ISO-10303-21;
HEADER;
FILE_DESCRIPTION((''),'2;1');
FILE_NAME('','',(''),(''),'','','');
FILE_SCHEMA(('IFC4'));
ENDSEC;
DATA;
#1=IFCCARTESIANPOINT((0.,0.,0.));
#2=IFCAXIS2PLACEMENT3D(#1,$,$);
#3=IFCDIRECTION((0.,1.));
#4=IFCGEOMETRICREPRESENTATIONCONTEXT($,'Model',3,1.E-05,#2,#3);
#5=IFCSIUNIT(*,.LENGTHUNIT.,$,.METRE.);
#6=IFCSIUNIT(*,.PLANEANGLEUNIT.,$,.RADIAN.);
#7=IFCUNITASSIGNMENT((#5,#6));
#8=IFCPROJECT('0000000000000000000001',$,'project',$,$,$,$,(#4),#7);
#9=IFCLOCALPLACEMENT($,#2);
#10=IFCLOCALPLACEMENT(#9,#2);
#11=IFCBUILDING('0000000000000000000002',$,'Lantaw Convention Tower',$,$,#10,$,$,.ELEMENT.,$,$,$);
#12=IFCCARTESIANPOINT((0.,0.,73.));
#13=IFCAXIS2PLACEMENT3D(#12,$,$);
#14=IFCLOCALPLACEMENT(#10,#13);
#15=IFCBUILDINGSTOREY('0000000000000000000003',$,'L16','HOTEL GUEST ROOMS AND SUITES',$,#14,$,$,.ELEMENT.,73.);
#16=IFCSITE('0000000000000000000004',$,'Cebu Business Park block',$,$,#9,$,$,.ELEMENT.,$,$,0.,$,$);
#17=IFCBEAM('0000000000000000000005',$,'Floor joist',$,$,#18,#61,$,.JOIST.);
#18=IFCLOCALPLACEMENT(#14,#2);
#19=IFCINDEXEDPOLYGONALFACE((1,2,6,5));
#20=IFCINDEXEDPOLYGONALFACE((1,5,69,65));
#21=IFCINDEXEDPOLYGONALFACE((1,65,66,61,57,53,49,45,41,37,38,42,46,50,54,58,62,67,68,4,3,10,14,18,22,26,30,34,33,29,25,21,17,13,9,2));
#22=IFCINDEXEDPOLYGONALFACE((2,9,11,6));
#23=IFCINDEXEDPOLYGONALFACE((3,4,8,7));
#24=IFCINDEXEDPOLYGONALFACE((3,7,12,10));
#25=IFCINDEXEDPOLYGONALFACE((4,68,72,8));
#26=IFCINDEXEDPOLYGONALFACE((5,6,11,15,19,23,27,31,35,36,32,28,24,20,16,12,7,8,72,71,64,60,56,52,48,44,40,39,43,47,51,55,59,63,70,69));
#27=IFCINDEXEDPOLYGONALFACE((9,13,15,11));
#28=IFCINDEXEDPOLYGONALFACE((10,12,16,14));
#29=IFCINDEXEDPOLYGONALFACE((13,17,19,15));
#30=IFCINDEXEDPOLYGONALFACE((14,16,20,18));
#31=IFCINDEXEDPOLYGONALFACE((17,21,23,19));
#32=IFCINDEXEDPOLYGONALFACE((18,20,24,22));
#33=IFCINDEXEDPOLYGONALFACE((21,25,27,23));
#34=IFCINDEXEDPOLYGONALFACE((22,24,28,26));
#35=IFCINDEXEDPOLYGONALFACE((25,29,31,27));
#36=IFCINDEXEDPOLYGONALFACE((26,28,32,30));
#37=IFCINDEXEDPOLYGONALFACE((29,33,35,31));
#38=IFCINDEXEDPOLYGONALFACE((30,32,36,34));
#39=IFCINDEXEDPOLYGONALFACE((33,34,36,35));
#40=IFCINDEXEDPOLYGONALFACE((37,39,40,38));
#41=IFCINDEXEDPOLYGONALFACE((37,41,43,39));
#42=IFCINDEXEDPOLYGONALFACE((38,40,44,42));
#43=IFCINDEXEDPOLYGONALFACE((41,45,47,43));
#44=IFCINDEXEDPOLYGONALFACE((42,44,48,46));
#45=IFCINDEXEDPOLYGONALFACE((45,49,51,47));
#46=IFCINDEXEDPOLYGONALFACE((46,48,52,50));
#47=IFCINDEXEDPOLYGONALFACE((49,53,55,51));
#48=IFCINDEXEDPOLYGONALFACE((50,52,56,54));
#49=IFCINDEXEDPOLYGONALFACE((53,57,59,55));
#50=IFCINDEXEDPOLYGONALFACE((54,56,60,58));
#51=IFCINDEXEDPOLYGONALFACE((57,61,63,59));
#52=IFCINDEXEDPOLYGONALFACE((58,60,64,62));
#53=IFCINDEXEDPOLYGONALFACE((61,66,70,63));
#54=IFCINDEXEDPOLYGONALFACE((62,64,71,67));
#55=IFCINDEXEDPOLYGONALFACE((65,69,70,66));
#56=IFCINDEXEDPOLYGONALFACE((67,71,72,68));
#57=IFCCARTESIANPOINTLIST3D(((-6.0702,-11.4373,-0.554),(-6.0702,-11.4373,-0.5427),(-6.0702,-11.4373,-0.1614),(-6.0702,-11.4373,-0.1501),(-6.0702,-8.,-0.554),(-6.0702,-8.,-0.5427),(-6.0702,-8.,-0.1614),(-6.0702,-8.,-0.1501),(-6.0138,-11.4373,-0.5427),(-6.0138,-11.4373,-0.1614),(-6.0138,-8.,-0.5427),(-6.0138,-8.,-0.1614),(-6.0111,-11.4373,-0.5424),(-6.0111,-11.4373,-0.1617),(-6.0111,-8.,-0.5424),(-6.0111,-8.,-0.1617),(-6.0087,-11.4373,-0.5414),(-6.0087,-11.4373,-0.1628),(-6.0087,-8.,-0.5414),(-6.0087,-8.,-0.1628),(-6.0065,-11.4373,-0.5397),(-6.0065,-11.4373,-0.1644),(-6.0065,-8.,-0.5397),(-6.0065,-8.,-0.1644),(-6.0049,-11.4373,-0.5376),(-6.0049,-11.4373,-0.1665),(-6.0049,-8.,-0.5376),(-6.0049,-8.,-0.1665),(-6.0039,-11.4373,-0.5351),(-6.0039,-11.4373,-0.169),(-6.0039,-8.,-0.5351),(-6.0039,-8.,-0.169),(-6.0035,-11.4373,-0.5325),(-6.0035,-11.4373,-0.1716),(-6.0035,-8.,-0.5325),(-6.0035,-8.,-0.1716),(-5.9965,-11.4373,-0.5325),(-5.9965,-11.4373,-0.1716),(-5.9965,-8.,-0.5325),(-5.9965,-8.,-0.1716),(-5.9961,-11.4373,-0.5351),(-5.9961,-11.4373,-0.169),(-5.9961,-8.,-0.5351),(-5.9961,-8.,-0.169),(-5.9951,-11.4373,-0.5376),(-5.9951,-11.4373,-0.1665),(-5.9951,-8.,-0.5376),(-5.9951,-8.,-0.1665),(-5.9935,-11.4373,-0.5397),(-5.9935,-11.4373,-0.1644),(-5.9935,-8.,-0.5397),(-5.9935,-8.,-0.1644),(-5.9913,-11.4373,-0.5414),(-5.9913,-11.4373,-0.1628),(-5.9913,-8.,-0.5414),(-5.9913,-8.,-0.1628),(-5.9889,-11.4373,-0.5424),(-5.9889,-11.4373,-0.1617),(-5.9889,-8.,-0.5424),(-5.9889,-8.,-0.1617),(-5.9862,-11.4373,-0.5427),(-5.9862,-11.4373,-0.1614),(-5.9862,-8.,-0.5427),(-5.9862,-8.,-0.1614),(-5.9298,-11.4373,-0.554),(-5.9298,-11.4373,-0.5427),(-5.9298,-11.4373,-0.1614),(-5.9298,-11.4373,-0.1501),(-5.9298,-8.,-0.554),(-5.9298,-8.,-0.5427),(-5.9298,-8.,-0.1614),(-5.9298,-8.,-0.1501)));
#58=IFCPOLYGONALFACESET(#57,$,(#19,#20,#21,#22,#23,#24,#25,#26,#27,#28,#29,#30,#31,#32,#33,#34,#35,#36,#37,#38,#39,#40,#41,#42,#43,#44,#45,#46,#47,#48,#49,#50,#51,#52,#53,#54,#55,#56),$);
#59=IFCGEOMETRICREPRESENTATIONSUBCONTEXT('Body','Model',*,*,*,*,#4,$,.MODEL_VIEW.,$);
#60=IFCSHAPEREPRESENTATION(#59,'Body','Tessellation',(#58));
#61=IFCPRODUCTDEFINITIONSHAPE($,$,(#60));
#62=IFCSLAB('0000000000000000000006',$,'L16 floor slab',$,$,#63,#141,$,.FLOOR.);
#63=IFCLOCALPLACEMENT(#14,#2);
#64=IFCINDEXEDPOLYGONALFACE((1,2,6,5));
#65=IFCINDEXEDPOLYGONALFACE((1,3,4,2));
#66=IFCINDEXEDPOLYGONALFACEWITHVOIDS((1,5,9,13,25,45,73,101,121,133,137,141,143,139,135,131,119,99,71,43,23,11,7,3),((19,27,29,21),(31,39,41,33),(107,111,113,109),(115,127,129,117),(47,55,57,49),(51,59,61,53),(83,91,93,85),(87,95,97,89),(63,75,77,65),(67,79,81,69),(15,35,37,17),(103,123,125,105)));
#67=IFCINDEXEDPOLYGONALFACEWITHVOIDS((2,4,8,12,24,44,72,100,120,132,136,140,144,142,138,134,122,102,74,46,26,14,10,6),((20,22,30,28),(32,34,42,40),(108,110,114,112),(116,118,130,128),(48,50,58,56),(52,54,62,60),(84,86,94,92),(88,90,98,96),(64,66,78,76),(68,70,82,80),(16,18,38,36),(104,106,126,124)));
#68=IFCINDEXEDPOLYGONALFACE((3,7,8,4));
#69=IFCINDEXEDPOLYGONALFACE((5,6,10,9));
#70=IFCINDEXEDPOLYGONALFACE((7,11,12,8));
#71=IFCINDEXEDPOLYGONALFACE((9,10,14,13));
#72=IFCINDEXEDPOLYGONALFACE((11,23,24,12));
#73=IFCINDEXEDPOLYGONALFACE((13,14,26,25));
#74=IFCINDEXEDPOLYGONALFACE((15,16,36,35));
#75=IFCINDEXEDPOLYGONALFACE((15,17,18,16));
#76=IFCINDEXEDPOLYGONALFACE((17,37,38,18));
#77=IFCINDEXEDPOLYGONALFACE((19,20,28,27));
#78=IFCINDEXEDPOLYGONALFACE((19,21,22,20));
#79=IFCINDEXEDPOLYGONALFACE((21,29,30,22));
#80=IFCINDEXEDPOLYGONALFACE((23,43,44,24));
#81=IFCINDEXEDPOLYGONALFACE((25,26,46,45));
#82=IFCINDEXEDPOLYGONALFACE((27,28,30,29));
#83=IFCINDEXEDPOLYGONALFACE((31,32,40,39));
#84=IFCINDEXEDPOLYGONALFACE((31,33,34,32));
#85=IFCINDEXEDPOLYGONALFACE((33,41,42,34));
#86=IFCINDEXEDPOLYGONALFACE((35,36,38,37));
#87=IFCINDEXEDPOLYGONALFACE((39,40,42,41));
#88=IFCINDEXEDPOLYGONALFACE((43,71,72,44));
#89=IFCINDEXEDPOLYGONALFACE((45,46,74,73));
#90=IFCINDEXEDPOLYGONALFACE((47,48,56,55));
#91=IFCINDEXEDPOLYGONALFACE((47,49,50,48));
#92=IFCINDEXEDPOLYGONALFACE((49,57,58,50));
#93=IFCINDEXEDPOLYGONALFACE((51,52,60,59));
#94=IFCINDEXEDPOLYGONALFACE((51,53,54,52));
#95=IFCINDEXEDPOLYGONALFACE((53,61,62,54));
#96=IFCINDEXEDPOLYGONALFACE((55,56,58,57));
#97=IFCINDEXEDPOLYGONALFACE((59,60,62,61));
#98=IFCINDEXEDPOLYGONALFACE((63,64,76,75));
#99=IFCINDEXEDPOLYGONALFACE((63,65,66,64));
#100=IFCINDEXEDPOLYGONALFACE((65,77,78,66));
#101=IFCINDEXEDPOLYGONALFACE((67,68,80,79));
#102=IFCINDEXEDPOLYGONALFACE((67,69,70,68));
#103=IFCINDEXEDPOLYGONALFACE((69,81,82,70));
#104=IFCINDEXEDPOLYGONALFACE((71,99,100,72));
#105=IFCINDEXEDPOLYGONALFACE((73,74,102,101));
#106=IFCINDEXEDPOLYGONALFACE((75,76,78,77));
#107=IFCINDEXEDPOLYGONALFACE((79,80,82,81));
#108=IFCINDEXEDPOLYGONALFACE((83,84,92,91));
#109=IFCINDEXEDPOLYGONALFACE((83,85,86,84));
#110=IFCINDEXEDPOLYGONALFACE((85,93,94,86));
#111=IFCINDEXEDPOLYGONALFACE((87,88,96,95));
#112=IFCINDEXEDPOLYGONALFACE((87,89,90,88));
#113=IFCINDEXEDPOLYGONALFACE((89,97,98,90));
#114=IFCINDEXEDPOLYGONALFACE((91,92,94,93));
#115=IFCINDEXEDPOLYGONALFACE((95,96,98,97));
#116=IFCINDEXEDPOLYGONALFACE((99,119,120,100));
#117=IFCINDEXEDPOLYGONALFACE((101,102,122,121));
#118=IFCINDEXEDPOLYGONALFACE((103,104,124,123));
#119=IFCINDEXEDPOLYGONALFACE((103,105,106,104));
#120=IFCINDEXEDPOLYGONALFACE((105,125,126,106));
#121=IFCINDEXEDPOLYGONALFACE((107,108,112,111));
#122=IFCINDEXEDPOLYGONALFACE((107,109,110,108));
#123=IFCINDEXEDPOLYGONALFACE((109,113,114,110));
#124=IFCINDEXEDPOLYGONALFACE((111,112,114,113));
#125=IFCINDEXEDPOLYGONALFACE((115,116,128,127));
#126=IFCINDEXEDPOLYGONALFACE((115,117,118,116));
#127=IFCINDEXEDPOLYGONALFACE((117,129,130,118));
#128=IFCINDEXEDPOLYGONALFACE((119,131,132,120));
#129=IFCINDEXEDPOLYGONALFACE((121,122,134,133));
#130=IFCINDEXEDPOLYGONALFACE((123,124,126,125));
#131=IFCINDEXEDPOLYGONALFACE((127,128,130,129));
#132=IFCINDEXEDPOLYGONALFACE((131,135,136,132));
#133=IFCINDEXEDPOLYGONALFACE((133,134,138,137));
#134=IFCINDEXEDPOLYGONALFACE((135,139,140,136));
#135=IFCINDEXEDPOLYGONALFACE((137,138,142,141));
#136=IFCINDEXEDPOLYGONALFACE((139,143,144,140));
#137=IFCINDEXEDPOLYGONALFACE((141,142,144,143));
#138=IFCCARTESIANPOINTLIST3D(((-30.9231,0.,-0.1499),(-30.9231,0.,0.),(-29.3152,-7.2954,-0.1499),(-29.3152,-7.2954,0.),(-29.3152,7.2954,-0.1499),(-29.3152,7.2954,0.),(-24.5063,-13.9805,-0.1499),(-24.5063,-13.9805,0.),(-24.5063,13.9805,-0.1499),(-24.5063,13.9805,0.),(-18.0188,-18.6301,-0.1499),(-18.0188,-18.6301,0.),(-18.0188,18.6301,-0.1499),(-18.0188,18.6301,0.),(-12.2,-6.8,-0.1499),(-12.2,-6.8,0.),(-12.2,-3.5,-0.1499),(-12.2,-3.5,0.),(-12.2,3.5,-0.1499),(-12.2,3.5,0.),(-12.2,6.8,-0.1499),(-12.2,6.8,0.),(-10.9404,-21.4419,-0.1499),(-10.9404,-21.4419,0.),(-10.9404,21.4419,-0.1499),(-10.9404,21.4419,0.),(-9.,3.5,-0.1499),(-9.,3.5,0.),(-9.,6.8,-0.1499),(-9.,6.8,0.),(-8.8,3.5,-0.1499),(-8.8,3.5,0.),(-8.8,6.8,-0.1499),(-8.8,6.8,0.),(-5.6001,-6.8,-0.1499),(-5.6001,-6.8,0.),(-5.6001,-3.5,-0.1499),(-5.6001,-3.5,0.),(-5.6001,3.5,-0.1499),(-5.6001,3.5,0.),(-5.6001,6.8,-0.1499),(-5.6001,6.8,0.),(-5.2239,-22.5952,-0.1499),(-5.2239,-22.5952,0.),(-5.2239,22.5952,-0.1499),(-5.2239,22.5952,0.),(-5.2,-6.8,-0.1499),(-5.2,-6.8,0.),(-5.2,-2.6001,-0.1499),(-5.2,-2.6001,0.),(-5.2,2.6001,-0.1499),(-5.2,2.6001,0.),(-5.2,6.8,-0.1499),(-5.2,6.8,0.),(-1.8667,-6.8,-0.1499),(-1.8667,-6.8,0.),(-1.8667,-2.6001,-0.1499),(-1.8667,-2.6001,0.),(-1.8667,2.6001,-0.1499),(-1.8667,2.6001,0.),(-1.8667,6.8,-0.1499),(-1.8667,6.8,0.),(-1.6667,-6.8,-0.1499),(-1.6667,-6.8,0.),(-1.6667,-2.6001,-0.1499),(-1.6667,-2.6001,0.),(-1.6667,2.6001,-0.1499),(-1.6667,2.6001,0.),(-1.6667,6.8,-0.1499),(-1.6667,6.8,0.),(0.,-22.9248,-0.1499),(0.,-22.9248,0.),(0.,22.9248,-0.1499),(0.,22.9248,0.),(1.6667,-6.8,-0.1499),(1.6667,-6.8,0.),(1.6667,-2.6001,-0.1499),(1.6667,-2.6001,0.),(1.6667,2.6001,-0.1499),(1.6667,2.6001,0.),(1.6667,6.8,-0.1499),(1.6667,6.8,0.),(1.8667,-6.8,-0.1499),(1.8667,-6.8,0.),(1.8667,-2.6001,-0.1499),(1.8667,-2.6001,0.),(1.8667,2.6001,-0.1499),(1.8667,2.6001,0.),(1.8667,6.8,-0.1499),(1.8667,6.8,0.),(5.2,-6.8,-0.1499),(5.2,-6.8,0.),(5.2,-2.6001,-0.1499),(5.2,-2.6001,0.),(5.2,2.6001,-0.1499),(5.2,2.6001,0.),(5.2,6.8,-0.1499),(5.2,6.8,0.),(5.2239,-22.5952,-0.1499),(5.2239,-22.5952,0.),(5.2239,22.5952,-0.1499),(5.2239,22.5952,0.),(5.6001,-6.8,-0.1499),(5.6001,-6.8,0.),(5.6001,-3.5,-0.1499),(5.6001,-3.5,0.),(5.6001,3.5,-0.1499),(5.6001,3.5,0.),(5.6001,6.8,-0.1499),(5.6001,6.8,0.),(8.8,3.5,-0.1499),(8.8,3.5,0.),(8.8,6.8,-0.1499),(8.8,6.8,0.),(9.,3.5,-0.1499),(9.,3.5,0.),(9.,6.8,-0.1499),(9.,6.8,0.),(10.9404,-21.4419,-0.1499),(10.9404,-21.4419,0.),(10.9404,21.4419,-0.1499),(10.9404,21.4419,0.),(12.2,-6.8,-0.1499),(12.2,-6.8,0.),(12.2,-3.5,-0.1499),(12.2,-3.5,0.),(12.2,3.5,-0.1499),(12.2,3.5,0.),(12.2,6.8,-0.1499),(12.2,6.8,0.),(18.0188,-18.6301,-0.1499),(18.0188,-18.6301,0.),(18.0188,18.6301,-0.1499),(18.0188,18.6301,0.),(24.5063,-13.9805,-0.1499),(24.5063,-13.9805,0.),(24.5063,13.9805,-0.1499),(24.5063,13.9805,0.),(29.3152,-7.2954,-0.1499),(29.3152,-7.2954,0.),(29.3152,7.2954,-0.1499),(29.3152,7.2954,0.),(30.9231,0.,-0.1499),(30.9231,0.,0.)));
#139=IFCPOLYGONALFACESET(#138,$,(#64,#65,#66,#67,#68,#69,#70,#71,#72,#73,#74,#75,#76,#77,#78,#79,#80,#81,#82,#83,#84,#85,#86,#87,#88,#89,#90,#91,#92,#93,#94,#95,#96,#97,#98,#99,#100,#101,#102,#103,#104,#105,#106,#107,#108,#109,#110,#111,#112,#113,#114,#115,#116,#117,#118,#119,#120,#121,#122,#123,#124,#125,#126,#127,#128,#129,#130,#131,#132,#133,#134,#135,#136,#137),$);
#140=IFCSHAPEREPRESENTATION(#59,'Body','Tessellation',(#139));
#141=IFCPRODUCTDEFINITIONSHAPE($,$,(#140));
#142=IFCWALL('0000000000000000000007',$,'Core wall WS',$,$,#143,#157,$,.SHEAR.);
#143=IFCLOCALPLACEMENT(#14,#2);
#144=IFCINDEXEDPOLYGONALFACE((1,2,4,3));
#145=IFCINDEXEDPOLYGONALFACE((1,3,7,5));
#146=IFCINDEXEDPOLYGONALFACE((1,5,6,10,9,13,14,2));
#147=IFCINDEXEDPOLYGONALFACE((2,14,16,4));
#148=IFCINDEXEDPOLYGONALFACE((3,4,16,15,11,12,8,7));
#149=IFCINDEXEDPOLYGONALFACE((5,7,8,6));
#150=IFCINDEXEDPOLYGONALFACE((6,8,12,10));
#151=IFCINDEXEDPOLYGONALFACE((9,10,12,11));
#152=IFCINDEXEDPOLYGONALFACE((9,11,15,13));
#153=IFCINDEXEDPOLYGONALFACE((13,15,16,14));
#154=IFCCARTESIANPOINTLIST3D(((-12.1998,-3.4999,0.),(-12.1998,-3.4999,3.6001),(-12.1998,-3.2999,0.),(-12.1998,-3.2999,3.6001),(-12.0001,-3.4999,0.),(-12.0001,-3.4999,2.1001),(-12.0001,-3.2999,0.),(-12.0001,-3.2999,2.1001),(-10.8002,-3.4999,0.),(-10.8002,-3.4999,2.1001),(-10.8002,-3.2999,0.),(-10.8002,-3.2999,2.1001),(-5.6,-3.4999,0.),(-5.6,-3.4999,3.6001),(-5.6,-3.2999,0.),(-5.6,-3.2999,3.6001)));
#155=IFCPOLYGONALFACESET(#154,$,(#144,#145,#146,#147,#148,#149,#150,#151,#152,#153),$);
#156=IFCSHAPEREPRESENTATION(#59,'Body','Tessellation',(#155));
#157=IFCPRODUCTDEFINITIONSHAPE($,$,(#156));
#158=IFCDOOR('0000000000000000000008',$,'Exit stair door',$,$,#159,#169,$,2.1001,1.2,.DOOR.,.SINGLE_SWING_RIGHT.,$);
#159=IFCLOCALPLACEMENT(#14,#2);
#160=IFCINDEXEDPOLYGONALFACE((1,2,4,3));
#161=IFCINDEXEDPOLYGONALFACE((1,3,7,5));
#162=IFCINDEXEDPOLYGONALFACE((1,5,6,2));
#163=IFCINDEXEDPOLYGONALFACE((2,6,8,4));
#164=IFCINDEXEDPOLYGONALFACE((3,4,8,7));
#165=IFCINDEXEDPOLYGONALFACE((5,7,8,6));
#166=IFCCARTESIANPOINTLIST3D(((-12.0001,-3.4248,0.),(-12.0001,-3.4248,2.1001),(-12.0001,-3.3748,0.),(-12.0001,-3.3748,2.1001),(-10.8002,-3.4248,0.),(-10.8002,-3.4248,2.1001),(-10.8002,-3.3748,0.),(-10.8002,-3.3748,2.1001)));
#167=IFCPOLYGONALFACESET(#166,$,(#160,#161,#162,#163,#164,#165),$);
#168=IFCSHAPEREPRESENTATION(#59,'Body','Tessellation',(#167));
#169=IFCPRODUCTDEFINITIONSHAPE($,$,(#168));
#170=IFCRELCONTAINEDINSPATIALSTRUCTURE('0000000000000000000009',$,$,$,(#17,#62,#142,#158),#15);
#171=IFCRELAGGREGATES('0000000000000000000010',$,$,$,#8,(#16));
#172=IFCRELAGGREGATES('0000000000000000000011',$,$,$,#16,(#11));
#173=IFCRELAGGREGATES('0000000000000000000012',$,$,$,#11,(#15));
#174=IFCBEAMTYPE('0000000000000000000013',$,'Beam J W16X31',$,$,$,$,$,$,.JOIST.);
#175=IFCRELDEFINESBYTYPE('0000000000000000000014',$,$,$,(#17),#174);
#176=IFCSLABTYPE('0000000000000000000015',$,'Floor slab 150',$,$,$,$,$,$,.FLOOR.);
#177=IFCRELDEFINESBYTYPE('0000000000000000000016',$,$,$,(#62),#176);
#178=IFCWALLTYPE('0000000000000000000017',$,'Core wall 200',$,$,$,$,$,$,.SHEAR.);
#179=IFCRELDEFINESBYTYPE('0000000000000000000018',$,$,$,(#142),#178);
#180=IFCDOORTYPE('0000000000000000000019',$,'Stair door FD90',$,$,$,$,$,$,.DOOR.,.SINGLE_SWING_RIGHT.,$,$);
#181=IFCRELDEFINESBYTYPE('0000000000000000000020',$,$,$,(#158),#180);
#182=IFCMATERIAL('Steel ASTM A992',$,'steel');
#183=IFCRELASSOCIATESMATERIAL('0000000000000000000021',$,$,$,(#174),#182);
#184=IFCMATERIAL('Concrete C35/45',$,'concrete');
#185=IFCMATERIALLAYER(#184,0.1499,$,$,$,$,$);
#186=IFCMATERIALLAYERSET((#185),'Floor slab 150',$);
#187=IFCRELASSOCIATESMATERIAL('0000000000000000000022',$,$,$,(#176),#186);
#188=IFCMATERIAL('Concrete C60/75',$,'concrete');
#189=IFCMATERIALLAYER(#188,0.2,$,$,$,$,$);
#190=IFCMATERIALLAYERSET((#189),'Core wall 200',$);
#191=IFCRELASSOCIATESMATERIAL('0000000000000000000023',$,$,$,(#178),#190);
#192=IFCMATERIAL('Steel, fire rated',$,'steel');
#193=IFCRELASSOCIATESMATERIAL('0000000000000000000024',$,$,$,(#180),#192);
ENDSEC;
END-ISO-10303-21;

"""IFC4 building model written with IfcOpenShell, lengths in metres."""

from ifc_helpers import new_model, si_unit, direction, frame, frame_2d, origin, origin_2d, place, context, subcontext, project, spatial, polyline, rectangle, i_section, outline, extrude, material, layer, layer_set, material_profile, profile_set, type_object, element, fill, save


model = new_model("IFC4")

# Units and contexts
model_context = context("Model", 3, precision=1e-05, world=origin(), true_north=direction((0.0, 1.0)))
body_context = subcontext(model_context, "Body", "Model", "MODEL_VIEW")
ifc_project = project(units=[si_unit("LENGTHUNIT", "METRE"), si_unit("PLANEANGLEUNIT", "RADIAN")], contexts=[model_context])

# Site, building, storey
site_placement = place(None, origin())
site = spatial("IfcSite", under=ifc_project, at=site_placement, Name="Cebu Business Park block", CompositionType="ELEMENT", RefElevation=0.0)
building_placement = place(site_placement, origin())
building = spatial("IfcBuilding", under=site, at=building_placement, Name="Lantaw Convention Tower", CompositionType="ELEMENT")
storey_placement = place(building_placement, frame((0.0, 0.0, 73.0)))
storey = spatial("IfcBuildingStorey", under=building, at=storey_placement, Name="L16", Description="HOTEL GUEST ROOMS AND SUITES", CompositionType="ELEMENT", Elevation=73.0)

# Beam
ifc_material_1 = material(Name="Steel ASTM A992", Category="steel")
ifc_material_profile_1 = material_profile(ifc_material_1, i_section(OverallWidth=0.1404, OverallDepth=0.4038, WebThickness=0.0071, FlangeThickness=0.0112, FilletRadius=0.0103, at=origin_2d()), Name="W16X31")
ifc_profile_set_1 = profile_set([ifc_material_profile_1], Name="Steel ASTM A992")
beam_type_1 = type_object("IfcBeamType", Name="Beam J W16X31", PredefinedType="JOIST", material=ifc_profile_set_1)
beam_1_placement = place(storey_placement, frame((-6.0, -11.4373, -0.3521), z_axis=(0.0, 1.0, 0.0), x_axis=(-1.0, 0.0, 0.0)))
element("IfcBeam", 1, at=beam_1_placement, inside=storey, type_object=beam_type_1, Name="Floor joist", PredefinedType="JOIST", context=body_context, shape_type="SweptSolid", body=[
    extrude(i_section(OverallWidth=0.1404, OverallDepth=0.4038, WebThickness=0.0071, FlangeThickness=0.0112, FilletRadius=0.0103, at=origin_2d()), origin(), (0.0, 0.0, 1.0), 3.4373),
])

# Slab
ifc_material_2 = material(Name="Concrete C35/45", Category="concrete")
ifc_layer_1 = layer(ifc_material_2, 0.1499)
ifc_layer_set_1 = layer_set([ifc_layer_1], Name="Floor slab 150")
slab_type = type_object("IfcSlabType", Name="Floor slab 150", PredefinedType="FLOOR", material=ifc_layer_set_1)
slab_placement = place(storey_placement, frame((0.0, 0.0, -0.1499)))
element("IfcSlab", 2, at=slab_placement, inside=storey, type_object=slab_type, Name="L16 floor slab", PredefinedType="FLOOR", context=body_context, shape_type="SweptSolid", body=[
    extrude(outline(polyline([(29.3152, -7.2954), (30.9231, 0.0), (29.3152, 7.2954), (24.5063, 13.9805), (18.0188, 18.6301), (10.9404, 21.4419), (5.2239, 22.5952), (0.0, 22.9248), (-5.2239, 22.5952), (-10.9404, 21.4419), (-18.0188, 18.6301), (-24.5063, 13.9805), (-29.3152, 7.2954), (-30.9231, 0.0), (-29.3152, -7.2954), (-24.5063, -13.9805), (-18.0188, -18.6301), (-10.9404, -21.4419), (-5.2239, -22.5952), (0.0, -22.9248), (5.2239, -22.5952), (10.9404, -21.4419), (18.0188, -18.6301), (24.5063, -13.9805), (29.3152, -7.2954)]), holes=[polyline([(-5.6001, -3.5), (-12.2, -3.5), (-12.2, -6.8), (-5.6001, -6.8), (-5.6001, -3.5)]), polyline([(-1.8667, -6.8), (-1.8667, -2.6001), (-5.2, -2.6001), (-5.2, -6.8), (-1.8667, -6.8)]), polyline([(-1.8667, 2.6001), (-1.8667, 6.8), (-5.2, 6.8), (-5.2, 2.6001), (-1.8667, 2.6001)]), polyline([(1.6667, 6.8), (-1.6667, 6.8), (-1.6667, 2.6001), (1.6667, 2.6001), (1.6667, 6.8)]), polyline([(-9.0, 3.5), (-9.0, 6.8), (-12.2, 6.8), (-12.2, 3.5), (-9.0, 3.5)]), polyline([(-5.6001, 3.5), (-5.6001, 6.8), (-8.8, 6.8), (-8.8, 3.5), (-5.6001, 3.5)]), polyline([(12.2, -3.5), (5.6001, -3.5), (5.6001, -6.8), (12.2, -6.8), (12.2, -3.5)]), polyline([(1.6667, -6.8), (1.6667, -2.6001), (-1.6667, -2.6001), (-1.6667, -6.8), (1.6667, -6.8)]), polyline([(5.2, -6.8), (5.2, -2.6001), (1.8667, -2.6001), (1.8667, -6.8), (5.2, -6.8)]), polyline([(5.2, 6.8), (1.8667, 6.8), (1.8667, 2.6001), (5.2, 2.6001), (5.2, 6.8)]), polyline([(8.8, 3.5), (8.8, 6.8), (5.6001, 6.8), (5.6001, 3.5), (8.8, 3.5)]), polyline([(12.2, 3.5), (12.2, 6.8), (9.0, 6.8), (9.0, 3.5), (12.2, 3.5)])]), origin(), (0.0, 0.0, 1.0), 0.1499),
])

# Wall, opening, door
ifc_material_3 = material(Name="Concrete C60/75", Category="concrete")
ifc_layer_2 = layer(ifc_material_3, 0.2)
ifc_layer_set_2 = layer_set([ifc_layer_2], Name="Core wall 200")
wall_type_1 = type_object("IfcWallType", Name="Core wall 200", PredefinedType="SHEAR", material=ifc_layer_set_2)
wall_1_placement = place(storey_placement, frame((-5.6001, -3.3999, 0.0), z_axis=(0.0, 0.0, 1.0), x_axis=(-1.0, 0.0, 0.0)))
wall_1 = element("IfcWall", 3, at=wall_1_placement, inside=storey, type_object=wall_type_1, Name="Core wall WS", PredefinedType="SHEAR", context=body_context, shape_type="SweptSolid", body=[
    extrude(rectangle(XDim=6.5999, YDim=0.2, at=frame_2d((3.2998, 0.0))), origin(), (0.0, 0.0, 1.0), 3.6001),
])
opening_1_placement = place(wall_1_placement, frame((5.2, 0.0, 0.0)))
opening_1 = element("IfcOpeningElement", 4, at=opening_1_placement, cuts=wall_1, PredefinedType="OPENING", context=body_context, shape_type="SweptSolid", body=[
    extrude(rectangle(XDim=1.2, YDim=2.1001, at=frame_2d((0.6001, 1.05))), frame((0.0, 0.1099, 0.0), z_axis=(0.0, -1.0, 0.0), x_axis=(1.0, 0.0, 0.0)), (0.0, 0.0, 1.0), 0.22),
])
ifc_material_4 = material(Name="Steel, fire rated", Category="steel")
door_type_1 = type_object("IfcDoorType", Name="Stair door FD90", OperationType="SINGLE_SWING_RIGHT", PredefinedType="DOOR", material=ifc_material_4)
door_1_placement = place(opening_1_placement, origin())
door_1 = element("IfcDoor", 5, at=door_1_placement, inside=storey, type_object=door_type_1, Name="Exit stair door", OperationType="SINGLE_SWING_RIGHT", OverallHeight=2.1001, OverallWidth=1.2, PredefinedType="DOOR", context=body_context, shape_type="SweptSolid", body=[
    extrude(rectangle(XDim=1.2, YDim=2.1001, at=frame_2d((0.6001, 1.05))), frame((0.0, 0.0249, 0.0), z_axis=(0.0, -1.0, 0.0), x_axis=(1.0, 0.0, 0.0)), (0.0, 0.0, 1.0), 0.05),
])
fill(opening_1, door_1)

save(model, "model.ifc")
